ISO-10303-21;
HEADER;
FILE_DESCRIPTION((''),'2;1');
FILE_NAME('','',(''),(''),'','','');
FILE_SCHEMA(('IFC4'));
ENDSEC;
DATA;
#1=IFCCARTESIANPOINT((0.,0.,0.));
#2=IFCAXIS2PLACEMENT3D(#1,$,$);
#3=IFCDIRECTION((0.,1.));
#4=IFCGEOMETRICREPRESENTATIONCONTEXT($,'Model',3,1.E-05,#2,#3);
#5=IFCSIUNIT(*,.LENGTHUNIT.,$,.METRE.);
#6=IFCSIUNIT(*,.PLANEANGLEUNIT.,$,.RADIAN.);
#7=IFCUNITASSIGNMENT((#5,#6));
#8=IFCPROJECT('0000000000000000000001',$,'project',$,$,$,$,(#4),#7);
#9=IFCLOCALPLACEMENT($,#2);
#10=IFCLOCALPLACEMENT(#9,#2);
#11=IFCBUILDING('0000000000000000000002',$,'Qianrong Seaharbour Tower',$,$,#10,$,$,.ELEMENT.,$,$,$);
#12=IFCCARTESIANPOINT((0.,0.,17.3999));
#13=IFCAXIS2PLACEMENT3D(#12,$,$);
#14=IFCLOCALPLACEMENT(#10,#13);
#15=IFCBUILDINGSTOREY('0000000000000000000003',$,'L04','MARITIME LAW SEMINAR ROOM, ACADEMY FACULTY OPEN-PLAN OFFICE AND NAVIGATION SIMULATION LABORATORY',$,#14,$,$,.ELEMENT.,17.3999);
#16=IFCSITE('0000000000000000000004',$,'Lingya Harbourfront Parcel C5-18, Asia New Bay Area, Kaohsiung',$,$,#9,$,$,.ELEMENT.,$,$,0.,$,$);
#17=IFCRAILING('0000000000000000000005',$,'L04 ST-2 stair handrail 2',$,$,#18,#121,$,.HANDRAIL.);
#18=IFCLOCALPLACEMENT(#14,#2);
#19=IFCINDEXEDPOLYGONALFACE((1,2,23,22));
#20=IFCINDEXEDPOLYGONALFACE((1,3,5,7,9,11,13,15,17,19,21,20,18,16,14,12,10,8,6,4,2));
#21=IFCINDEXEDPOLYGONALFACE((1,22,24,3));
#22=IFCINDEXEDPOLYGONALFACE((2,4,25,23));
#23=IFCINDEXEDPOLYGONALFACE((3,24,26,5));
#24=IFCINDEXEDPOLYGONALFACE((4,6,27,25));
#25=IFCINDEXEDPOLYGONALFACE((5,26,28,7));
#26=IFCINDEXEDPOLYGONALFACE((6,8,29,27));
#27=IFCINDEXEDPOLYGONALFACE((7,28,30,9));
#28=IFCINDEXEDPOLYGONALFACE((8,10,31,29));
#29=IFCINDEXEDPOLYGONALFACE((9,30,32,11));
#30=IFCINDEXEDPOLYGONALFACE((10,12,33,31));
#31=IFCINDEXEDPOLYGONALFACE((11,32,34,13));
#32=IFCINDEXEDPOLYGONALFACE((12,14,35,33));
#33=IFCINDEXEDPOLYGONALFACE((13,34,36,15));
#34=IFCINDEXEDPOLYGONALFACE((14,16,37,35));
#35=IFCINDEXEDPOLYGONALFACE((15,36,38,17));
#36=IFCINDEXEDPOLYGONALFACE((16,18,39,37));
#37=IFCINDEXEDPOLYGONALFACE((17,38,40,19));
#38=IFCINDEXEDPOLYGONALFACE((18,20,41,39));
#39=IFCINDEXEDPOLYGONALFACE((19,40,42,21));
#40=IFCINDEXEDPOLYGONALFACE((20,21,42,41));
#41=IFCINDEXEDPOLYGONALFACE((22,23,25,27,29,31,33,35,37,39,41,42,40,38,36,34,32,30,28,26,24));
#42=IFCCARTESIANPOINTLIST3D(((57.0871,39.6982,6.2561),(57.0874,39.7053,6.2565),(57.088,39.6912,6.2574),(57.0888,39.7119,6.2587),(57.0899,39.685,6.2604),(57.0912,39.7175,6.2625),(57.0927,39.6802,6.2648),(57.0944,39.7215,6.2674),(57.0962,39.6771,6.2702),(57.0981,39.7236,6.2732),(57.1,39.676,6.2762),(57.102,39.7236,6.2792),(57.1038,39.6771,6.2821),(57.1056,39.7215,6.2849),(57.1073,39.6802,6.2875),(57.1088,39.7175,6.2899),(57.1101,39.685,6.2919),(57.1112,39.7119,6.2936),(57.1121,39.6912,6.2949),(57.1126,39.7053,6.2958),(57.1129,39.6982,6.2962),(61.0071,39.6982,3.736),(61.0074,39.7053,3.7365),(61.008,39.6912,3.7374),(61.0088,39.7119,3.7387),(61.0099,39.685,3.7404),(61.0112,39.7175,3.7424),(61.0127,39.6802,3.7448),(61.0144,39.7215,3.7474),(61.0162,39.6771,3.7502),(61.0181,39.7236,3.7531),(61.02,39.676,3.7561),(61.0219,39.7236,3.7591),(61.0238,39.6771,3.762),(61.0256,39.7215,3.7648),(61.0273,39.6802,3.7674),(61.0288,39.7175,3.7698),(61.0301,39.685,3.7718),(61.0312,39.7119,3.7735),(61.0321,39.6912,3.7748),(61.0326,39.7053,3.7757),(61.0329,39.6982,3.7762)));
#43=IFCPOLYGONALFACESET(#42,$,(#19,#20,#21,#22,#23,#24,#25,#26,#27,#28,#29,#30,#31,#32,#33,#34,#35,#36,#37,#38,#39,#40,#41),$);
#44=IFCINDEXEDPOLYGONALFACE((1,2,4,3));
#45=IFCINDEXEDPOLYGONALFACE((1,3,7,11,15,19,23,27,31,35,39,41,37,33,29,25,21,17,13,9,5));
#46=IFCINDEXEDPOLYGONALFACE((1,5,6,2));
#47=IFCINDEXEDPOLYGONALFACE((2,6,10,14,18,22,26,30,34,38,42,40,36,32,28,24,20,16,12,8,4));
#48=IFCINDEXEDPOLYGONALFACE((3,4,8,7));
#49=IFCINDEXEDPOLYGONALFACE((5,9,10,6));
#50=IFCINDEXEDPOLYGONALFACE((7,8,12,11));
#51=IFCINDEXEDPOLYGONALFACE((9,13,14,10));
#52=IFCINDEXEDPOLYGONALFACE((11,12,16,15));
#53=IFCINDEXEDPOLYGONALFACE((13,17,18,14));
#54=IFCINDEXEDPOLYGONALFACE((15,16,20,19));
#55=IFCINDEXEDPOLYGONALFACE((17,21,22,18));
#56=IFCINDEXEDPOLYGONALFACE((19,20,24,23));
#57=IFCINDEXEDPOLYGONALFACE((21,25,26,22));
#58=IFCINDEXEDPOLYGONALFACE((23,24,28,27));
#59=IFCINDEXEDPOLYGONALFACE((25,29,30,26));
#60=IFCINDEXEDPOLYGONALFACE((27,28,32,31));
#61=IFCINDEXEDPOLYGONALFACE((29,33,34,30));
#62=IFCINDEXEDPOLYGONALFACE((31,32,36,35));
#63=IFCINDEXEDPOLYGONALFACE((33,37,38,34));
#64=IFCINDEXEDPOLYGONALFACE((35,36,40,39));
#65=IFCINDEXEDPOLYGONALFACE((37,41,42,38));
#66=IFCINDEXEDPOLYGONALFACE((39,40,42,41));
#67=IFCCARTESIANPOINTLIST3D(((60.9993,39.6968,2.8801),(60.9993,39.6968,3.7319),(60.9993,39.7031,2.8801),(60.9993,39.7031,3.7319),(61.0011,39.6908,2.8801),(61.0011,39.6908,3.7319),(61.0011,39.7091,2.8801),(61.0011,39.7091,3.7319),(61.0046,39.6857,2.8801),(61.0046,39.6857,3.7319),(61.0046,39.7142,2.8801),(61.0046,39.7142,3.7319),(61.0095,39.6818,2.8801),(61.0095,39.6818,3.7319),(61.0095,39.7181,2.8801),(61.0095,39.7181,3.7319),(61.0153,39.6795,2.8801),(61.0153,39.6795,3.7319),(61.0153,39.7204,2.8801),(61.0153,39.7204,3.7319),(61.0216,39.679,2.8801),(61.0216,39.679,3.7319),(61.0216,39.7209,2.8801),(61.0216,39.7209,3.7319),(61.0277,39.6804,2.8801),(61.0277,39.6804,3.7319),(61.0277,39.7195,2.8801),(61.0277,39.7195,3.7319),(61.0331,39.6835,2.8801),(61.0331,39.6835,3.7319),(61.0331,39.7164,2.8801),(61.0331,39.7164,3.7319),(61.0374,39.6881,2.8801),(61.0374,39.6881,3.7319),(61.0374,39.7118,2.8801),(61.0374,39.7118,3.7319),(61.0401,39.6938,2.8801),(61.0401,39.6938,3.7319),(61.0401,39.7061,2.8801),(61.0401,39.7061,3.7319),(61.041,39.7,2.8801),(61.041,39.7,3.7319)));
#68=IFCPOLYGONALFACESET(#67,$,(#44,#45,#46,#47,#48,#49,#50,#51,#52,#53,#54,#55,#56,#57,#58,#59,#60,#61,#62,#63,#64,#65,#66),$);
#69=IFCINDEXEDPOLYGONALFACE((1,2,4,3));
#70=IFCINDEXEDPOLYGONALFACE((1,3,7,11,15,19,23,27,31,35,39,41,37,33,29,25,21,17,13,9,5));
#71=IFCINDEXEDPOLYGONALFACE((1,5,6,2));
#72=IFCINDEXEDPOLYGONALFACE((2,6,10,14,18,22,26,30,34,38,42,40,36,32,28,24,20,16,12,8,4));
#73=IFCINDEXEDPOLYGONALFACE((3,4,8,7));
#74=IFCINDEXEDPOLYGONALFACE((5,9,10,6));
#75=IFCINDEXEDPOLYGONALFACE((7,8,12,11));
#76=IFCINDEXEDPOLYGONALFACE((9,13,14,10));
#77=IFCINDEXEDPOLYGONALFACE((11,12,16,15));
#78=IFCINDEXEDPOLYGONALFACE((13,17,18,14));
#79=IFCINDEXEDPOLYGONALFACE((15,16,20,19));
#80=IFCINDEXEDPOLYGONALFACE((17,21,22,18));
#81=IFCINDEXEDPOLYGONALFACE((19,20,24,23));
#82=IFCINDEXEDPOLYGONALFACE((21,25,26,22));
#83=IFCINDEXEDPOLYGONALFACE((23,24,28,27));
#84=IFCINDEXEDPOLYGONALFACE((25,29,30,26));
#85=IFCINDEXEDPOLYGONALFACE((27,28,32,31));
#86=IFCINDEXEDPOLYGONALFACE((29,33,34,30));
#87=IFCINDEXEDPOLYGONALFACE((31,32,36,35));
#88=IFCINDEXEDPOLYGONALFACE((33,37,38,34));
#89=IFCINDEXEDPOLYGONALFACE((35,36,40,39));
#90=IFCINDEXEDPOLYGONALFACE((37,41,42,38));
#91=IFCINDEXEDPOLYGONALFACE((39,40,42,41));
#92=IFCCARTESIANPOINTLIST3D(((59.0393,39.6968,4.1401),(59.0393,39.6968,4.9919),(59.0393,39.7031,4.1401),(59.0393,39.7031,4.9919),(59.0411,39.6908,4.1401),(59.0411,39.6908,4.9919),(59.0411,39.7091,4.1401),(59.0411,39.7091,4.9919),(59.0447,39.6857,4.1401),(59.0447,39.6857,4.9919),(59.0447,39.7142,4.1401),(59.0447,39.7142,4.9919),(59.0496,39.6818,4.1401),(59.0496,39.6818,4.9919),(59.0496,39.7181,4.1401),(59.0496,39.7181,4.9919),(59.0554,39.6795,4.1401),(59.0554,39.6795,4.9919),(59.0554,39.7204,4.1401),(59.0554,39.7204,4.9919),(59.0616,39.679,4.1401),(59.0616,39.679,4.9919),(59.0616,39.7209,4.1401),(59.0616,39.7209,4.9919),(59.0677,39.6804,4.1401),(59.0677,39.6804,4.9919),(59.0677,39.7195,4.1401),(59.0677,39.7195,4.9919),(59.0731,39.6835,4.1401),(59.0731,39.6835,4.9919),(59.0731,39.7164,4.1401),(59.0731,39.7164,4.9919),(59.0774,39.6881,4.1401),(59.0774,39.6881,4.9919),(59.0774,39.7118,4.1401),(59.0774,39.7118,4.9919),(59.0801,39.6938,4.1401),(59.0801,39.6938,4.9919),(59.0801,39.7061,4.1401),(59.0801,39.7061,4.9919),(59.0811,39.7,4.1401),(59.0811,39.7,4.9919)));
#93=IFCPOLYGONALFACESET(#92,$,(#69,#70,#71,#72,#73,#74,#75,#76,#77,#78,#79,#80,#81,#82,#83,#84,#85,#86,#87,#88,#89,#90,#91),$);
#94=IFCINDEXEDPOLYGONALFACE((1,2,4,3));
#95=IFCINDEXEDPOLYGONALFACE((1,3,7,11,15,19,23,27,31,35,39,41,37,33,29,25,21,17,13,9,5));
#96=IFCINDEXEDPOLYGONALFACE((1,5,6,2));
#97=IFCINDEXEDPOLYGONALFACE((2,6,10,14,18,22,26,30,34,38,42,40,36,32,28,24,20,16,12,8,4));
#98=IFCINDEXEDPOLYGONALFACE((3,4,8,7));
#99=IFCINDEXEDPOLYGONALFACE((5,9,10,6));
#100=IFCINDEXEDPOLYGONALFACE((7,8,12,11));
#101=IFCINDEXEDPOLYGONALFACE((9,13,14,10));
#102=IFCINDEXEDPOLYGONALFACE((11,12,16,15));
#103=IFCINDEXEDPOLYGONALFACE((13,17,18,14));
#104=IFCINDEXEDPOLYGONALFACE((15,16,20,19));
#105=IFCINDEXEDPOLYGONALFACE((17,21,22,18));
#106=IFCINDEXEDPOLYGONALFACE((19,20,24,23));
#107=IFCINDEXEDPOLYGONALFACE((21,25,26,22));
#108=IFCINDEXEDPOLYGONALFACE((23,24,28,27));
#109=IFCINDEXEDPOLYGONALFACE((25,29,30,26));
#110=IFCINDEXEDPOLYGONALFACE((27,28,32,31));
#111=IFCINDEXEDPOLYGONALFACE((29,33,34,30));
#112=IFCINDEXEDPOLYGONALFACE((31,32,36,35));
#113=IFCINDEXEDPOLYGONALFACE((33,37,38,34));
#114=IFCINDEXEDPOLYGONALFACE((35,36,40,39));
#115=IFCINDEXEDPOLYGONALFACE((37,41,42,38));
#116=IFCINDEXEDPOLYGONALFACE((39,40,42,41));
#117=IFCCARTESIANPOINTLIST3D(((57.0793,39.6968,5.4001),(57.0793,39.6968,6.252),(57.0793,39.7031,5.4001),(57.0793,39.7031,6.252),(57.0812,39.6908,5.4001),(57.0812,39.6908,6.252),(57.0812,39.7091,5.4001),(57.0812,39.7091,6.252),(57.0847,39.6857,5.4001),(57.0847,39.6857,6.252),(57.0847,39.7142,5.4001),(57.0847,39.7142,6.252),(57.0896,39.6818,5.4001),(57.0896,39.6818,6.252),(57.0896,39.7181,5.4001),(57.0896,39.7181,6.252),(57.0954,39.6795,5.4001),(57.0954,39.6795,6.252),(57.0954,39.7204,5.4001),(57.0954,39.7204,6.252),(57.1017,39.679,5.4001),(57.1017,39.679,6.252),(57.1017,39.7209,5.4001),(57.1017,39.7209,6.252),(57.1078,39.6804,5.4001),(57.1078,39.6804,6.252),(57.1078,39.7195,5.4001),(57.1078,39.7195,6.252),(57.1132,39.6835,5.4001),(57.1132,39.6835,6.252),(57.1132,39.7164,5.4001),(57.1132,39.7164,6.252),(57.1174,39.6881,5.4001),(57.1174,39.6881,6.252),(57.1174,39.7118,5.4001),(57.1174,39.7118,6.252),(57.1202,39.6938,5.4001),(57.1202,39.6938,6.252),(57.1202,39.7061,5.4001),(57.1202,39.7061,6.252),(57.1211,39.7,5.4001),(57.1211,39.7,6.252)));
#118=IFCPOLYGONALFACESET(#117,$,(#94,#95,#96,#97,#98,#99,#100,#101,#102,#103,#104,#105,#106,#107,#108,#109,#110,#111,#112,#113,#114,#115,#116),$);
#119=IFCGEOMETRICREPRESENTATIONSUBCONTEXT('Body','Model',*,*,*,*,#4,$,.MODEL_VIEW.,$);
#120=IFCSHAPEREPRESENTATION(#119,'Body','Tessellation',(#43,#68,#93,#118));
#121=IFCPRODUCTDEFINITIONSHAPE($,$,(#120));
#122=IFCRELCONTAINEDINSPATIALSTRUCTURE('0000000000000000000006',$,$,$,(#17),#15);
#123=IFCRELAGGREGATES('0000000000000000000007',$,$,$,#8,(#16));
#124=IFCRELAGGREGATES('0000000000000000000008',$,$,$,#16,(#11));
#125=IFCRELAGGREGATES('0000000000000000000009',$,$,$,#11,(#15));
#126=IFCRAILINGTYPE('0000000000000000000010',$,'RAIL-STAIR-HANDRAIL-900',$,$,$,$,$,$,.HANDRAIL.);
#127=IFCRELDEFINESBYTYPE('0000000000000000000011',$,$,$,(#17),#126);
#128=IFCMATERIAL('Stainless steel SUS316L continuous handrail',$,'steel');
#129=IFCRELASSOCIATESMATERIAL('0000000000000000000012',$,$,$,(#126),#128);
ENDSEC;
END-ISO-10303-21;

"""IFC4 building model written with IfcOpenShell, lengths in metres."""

from ifc_helpers import new_model, si_unit, direction, frame, origin, origin_2d, place, context, subcontext, project, spatial, circle, extrude, material, type_object, element, save


model = new_model("IFC4")

# Units and contexts
model_context = context("Model", 3, precision=1e-05, world=origin(), true_north=direction((0.0, 1.0)))
body_context = subcontext(model_context, "Body", "Model", "MODEL_VIEW")
ifc_project = project(units=[si_unit("LENGTHUNIT", "METRE"), si_unit("PLANEANGLEUNIT", "RADIAN")], contexts=[model_context])

# Site, building, storey
site_placement = place(None, origin())
site = spatial("IfcSite", under=ifc_project, at=site_placement, Name="Lingya Harbourfront Parcel C5-18, Asia New Bay Area, Kaohsiung", CompositionType="ELEMENT", RefElevation=0.0)
building_placement = place(site_placement, origin())
building = spatial("IfcBuilding", under=site, at=building_placement, Name="Qianrong Seaharbour Tower", CompositionType="ELEMENT")
storey_placement = place(building_placement, frame((0.0, 0.0, 17.3999)))
storey = spatial("IfcBuildingStorey", under=building, at=storey_placement, Name="L04", Description="MARITIME LAW SEMINAR ROOM, ACADEMY FACULTY OPEN-PLAN OFFICE AND NAVIGATION SIMULATION LABORATORY", CompositionType="ELEMENT", Elevation=17.3999)

# Railing
ifc_material_1 = material(Name="Stainless steel SUS316L continuous handrail", Category="steel")
railing_type_1 = type_object("IfcRailingType", Name="RAIL-STAIR-HANDRAIL-900", PredefinedType="HANDRAIL", material=ifc_material_1)
railing_1_placement = place(storey_placement, frame((61.02, 39.7, 2.8801)))
element("IfcRailing", 1, at=railing_1_placement, inside=storey, type_object=railing_type_1, Name="L04 ST-2 stair handrail 2", PredefinedType="HANDRAIL", context=body_context, shape_type="SweptSolid", body=[
    extrude(circle(Radius=0.0239, at=origin_2d()), frame((0.0, 0.0, 0.876), z_axis=(-0.841172, 0.0, 0.540768), x_axis=(0.0, -1.0, 0.0)), (0.0, 0.0, 1.0), 4.6602),
    extrude(circle(Radius=0.021, at=origin_2d()), origin(), (0.0, 0.0, 1.0), 0.8518),
    extrude(circle(Radius=0.021, at=origin_2d()), frame((-1.96, 0.0, 1.26)), (0.0, 0.0, 1.0), 0.8518),
    extrude(circle(Radius=0.021, at=origin_2d()), frame((-3.9199, 0.0, 2.52)), (0.0, 0.0, 1.0), 0.8518),
])

save(model, "model.ifc")
